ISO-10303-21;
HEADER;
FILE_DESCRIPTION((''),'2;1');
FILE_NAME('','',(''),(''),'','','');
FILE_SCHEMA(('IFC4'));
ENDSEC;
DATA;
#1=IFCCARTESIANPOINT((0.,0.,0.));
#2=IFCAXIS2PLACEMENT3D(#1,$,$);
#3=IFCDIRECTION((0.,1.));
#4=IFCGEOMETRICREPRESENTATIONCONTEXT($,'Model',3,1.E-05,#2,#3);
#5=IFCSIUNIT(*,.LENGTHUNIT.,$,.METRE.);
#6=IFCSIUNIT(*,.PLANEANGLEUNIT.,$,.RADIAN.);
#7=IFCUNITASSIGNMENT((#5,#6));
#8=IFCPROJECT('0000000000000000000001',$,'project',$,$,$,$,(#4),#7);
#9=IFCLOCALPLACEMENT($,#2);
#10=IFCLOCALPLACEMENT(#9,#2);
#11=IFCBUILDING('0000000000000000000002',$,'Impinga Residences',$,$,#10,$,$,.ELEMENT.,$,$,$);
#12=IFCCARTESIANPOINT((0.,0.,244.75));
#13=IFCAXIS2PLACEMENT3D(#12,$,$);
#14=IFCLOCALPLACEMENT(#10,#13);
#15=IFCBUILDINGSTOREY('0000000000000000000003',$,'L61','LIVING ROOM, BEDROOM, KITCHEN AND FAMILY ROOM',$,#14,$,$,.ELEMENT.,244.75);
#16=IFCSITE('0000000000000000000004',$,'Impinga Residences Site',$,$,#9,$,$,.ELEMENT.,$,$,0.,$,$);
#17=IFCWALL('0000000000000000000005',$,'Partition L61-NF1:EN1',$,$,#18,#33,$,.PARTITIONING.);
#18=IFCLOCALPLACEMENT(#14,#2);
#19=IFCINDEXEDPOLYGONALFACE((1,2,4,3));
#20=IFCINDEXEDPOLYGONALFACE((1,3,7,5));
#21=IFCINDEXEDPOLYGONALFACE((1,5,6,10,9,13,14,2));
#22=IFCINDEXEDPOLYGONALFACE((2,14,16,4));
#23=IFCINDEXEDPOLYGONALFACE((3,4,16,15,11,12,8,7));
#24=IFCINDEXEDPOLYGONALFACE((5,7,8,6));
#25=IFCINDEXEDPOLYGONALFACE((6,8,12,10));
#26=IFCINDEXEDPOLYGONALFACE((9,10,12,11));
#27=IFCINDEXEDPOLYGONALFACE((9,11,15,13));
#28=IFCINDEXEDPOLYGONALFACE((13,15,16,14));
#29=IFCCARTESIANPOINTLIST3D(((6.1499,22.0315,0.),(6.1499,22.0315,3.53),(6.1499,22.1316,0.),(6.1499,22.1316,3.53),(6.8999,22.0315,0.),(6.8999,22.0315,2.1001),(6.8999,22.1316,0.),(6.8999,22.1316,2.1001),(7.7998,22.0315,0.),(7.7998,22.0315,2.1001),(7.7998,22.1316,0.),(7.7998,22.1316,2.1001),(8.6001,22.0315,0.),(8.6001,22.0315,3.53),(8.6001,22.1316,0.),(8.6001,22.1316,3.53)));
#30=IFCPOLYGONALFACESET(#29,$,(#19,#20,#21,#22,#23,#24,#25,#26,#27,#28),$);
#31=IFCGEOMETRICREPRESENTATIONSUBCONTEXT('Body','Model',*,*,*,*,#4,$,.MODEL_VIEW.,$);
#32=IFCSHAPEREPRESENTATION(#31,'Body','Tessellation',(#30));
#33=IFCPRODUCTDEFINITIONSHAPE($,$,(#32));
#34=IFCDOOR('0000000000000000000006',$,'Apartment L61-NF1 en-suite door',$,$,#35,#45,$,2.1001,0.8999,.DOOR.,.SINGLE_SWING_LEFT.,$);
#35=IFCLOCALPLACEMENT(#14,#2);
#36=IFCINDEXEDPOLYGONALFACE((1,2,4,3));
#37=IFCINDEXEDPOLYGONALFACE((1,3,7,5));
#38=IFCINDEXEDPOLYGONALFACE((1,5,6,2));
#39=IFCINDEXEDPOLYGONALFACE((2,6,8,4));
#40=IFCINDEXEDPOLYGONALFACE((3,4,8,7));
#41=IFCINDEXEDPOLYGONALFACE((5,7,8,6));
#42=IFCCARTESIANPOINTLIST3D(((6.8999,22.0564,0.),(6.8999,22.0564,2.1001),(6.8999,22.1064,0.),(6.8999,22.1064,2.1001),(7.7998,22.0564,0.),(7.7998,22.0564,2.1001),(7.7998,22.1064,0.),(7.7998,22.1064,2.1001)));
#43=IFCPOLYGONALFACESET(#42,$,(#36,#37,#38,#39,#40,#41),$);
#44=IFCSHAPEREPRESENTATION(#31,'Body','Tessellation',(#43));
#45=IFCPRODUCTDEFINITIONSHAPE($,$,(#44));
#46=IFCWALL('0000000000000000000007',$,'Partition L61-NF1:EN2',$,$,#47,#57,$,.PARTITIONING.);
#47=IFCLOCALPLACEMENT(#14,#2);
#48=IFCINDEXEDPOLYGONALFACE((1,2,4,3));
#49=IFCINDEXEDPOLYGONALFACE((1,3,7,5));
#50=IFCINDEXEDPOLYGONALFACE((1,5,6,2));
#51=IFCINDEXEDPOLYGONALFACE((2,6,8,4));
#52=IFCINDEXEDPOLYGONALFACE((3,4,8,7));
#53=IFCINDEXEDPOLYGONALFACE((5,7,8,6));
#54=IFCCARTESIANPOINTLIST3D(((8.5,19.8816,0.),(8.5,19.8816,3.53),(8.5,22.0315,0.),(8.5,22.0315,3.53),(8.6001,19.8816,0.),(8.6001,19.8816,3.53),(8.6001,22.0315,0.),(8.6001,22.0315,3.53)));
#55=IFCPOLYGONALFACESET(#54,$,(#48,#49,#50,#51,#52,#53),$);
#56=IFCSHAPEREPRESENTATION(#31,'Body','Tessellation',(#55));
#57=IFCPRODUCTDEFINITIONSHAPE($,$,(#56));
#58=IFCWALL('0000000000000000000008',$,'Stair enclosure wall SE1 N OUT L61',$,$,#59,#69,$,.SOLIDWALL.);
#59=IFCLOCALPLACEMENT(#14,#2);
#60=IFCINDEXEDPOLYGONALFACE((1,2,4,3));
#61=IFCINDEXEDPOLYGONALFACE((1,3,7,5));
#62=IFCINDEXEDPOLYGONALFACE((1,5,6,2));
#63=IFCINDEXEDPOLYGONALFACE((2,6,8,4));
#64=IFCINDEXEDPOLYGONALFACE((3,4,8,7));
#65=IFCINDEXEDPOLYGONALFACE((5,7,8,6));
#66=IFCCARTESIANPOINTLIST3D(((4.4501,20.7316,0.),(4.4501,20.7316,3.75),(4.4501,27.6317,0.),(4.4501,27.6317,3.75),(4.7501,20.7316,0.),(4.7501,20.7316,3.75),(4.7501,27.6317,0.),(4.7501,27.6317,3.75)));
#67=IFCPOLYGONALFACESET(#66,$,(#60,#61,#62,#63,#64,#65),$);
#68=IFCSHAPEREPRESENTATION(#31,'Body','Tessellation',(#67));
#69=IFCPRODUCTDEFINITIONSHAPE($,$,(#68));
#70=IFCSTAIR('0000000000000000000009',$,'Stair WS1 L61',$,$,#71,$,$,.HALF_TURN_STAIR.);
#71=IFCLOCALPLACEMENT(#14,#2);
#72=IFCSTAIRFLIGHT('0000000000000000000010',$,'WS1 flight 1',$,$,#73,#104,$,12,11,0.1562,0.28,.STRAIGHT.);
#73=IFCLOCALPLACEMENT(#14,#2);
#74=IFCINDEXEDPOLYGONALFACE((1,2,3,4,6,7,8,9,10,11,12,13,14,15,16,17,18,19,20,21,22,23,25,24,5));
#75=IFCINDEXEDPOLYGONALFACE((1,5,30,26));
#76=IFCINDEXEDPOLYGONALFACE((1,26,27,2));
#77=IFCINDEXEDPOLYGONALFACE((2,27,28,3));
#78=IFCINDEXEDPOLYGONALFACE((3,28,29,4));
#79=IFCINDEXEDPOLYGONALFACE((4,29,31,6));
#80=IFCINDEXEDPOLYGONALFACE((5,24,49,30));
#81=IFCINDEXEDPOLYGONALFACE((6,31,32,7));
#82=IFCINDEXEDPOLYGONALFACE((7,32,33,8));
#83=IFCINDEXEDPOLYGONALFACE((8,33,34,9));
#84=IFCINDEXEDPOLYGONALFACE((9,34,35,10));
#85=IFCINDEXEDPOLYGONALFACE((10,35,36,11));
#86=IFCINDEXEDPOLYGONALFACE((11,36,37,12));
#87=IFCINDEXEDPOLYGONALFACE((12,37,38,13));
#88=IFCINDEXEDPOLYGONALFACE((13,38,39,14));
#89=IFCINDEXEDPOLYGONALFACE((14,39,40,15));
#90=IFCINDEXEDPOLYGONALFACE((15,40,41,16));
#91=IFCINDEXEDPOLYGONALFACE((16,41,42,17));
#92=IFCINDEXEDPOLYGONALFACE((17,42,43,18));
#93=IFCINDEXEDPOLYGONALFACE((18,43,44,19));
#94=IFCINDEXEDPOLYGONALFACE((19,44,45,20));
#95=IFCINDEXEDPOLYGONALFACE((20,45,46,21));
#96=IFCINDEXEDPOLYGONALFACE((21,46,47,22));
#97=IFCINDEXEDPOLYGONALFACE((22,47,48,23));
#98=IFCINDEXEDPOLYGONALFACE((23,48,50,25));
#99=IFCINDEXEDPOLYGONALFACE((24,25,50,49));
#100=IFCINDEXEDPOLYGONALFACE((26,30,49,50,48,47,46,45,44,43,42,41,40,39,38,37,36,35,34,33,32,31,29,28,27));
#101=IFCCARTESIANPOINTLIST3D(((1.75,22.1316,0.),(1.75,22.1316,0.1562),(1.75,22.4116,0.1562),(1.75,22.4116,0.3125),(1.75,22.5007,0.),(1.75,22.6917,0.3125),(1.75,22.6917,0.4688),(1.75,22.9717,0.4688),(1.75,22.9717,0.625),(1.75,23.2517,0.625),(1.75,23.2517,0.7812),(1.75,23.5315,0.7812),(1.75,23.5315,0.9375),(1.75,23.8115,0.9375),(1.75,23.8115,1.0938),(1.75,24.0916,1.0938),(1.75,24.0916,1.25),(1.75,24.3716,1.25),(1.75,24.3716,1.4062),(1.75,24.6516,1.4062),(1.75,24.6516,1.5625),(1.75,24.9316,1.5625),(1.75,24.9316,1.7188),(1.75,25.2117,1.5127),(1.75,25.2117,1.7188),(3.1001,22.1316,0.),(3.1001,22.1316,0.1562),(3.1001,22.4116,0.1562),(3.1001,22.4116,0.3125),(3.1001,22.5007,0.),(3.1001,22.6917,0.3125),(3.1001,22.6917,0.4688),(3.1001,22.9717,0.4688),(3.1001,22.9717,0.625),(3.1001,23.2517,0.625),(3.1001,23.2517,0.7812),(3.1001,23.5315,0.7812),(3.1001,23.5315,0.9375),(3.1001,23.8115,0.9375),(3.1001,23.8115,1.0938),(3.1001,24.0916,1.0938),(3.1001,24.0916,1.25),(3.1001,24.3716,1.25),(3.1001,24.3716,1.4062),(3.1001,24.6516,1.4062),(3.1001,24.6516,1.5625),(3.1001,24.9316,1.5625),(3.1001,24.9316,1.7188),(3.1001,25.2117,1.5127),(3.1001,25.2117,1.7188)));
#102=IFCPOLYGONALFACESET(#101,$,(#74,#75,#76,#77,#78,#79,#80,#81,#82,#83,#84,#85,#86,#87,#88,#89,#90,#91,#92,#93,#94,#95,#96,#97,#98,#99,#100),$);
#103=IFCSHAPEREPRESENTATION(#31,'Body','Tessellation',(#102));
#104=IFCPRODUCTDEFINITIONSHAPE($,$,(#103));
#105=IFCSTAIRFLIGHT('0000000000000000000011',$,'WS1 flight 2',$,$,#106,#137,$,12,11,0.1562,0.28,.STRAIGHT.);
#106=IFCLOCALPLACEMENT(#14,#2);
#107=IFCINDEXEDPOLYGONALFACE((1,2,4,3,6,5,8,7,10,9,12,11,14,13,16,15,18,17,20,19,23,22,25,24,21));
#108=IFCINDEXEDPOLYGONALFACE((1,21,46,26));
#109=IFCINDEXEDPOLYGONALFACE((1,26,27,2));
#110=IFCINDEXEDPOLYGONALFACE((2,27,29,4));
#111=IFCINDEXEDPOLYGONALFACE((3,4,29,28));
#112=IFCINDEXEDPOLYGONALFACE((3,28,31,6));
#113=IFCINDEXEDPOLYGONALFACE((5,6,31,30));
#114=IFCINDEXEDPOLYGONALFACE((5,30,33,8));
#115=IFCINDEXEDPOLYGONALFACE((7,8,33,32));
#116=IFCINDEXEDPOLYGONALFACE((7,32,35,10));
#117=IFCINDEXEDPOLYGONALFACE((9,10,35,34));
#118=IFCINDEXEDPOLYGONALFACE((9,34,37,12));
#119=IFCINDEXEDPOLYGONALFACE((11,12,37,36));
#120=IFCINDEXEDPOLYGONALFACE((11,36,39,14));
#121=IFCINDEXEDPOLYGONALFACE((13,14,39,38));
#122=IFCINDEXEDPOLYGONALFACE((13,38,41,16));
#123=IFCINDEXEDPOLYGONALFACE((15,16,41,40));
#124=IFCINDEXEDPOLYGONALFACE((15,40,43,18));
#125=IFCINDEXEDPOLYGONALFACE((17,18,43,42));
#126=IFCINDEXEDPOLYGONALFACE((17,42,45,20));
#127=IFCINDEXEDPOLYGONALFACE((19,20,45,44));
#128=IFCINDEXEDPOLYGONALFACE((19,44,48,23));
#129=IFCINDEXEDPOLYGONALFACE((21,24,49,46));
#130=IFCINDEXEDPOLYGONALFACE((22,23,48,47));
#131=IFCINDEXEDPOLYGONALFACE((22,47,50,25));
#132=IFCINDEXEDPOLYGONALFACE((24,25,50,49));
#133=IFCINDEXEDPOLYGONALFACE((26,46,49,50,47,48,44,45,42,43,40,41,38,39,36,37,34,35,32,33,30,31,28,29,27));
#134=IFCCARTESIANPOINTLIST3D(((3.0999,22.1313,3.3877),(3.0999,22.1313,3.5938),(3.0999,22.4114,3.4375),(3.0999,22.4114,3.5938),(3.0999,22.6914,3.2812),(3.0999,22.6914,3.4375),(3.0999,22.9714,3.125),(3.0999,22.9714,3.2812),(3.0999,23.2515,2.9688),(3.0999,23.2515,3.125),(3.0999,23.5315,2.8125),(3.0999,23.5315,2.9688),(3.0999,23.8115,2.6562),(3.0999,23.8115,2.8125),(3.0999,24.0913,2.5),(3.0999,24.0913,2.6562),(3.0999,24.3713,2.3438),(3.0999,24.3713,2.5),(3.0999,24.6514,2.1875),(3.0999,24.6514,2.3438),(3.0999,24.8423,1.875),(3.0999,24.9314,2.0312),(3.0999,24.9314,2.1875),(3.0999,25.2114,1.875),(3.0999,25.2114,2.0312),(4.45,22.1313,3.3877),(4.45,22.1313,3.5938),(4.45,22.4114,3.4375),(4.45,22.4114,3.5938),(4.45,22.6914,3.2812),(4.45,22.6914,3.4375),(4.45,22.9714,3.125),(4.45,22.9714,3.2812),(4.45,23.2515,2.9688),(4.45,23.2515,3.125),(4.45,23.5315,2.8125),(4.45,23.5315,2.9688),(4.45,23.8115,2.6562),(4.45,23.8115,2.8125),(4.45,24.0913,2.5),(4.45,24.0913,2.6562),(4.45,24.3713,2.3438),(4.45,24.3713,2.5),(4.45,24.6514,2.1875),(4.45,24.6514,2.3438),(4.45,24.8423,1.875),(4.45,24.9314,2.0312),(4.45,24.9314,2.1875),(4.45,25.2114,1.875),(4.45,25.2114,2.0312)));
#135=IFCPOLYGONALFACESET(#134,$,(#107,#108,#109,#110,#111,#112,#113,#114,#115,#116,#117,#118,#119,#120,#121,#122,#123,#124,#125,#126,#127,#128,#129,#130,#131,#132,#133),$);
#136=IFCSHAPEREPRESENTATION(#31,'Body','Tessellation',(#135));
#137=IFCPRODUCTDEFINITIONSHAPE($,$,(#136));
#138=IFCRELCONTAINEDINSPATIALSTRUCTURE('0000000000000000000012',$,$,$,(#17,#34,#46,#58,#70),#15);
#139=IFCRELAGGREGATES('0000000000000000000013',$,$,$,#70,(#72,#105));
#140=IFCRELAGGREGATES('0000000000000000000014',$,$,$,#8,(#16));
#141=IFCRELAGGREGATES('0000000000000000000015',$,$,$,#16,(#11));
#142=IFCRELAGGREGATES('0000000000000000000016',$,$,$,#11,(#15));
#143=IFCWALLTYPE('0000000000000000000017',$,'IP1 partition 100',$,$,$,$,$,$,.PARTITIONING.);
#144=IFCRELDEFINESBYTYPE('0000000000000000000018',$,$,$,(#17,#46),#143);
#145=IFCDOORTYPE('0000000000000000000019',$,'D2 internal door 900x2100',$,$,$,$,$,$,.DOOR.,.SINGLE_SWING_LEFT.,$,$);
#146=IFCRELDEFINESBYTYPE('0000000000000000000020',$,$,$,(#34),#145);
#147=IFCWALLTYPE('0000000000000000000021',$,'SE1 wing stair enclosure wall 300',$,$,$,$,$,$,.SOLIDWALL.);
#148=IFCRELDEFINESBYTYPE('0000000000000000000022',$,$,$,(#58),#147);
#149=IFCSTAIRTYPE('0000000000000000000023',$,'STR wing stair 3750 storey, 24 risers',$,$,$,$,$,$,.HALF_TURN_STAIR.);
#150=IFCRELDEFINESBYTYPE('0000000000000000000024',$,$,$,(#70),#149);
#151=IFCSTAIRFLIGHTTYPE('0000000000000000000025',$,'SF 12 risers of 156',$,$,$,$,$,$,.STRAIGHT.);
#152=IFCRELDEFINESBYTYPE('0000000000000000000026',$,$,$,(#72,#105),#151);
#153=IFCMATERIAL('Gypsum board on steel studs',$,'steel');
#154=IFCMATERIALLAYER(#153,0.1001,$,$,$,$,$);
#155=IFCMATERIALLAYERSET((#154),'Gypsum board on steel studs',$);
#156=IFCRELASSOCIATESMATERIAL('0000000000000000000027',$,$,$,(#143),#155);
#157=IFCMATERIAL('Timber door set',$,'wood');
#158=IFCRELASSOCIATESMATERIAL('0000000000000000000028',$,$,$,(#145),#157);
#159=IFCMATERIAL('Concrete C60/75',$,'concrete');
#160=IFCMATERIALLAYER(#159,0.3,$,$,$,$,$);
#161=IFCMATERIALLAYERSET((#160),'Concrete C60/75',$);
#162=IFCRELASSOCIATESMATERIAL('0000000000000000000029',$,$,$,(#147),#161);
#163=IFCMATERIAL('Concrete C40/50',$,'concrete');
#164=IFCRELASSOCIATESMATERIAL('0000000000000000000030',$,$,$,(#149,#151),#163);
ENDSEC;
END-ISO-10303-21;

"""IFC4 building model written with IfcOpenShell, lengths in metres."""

from ifc_helpers import new_model, si_unit, direction, frame, frame_2d, origin, place, context, subcontext, project, spatial, polyline, rectangle, outline, extrude, material, layer, layer_set, type_object, element, fill, aggregate, save


model = new_model("IFC4")

# Units and contexts
model_context = context("Model", 3, precision=1e-05, world=origin(), true_north=direction((0.0, 1.0)))
body_context = subcontext(model_context, "Body", "Model", "MODEL_VIEW")
ifc_project = project(units=[si_unit("LENGTHUNIT", "METRE"), si_unit("PLANEANGLEUNIT", "RADIAN")], contexts=[model_context])

# Site, building, storey
site_placement = place(None, origin())
site = spatial("IfcSite", under=ifc_project, at=site_placement, Name="Impinga Residences Site", CompositionType="ELEMENT", RefElevation=0.0)
building_placement = place(site_placement, origin())
building = spatial("IfcBuilding", under=site, at=building_placement, Name="Impinga Residences", CompositionType="ELEMENT")
storey_placement = place(building_placement, frame((0.0, 0.0, 244.75)))
storey = spatial("IfcBuildingStorey", under=building, at=storey_placement, Name="L61", Description="LIVING ROOM, BEDROOM, KITCHEN AND FAMILY ROOM", CompositionType="ELEMENT", Elevation=244.75)

# Shared definitions
ifc_material_1 = material(Name="Concrete C60/75", Category="concrete")

# Shared definitions
ifc_material_2 = material(Name="Gypsum board on steel studs", Category="steel")
ifc_layer_1 = layer(ifc_material_2, 0.1001)
ifc_layer_set_1 = layer_set([ifc_layer_1], Name="Gypsum board on steel studs")
wall_type_1 = type_object("IfcWallType", Name="IP1 partition 100", PredefinedType="PARTITIONING", material=ifc_layer_set_1)

# Wall, opening, door
wall_1_placement = place(storey_placement, frame((6.1499, 22.0815, 0.0), z_axis=(0.0, 0.0, 1.0), x_axis=(1.0, 0.0, 0.0)))
wall_1 = element("IfcWall", 1, at=wall_1_placement, inside=storey, type_object=wall_type_1, Name="Partition L61-NF1:EN1", PredefinedType="PARTITIONING", context=body_context, shape_type="SweptSolid", body=[
    extrude(rectangle(XDim=2.4502, YDim=0.1001, at=frame_2d((1.2251, 0.0))), origin(), (0.0, 0.0, 1.0), 3.53),
])
opening_1_placement = place(wall_1_placement, frame((0.75, 0.0, 0.0)))
opening_1 = element("IfcOpeningElement", 2, at=opening_1_placement, cuts=wall_1, PredefinedType="OPENING", context=body_context, shape_type="SweptSolid", body=[
    extrude(rectangle(XDim=0.8999, YDim=2.1001, at=frame_2d((0.45, 1.05))), frame((0.0, 0.0601, 0.0), z_axis=(0.0, -1.0, 0.0), x_axis=(1.0, 0.0, 0.0)), (0.0, 0.0, 1.0), 0.1201),
])
ifc_material_3 = material(Name="Timber door set", Category="wood")
door_type = type_object("IfcDoorType", Name="D2 internal door 900x2100", OperationType="SINGLE_SWING_LEFT", PredefinedType="DOOR", material=ifc_material_3)
door_placement = place(opening_1_placement, origin())
door = element("IfcDoor", 3, at=door_placement, inside=storey, type_object=door_type, Name="Apartment L61-NF1 en-suite door", OperationType="SINGLE_SWING_LEFT", OverallHeight=2.1001, OverallWidth=0.8999, PredefinedType="DOOR", context=body_context, shape_type="SweptSolid", body=[
    extrude(rectangle(XDim=0.8999, YDim=2.1001, at=frame_2d((0.45, 1.05))), frame((0.0, 0.0249, 0.0), z_axis=(0.0, -1.0, 0.0), x_axis=(1.0, 0.0, 0.0)), (0.0, 0.0, 1.0), 0.05),
])
fill(opening_1, door)

# Walls
wall_2_placement = place(storey_placement, frame((8.55, 19.8816, 0.0), z_axis=(0.0, 0.0, 1.0), x_axis=(0.0, 1.0, 0.0)))
element("IfcWall", 4, at=wall_2_placement, inside=storey, type_object=wall_type_1, Name="Partition L61-NF1:EN2", PredefinedType="PARTITIONING", context=body_context, shape_type="SweptSolid", body=[
    extrude(rectangle(XDim=2.1499, YDim=0.1001, at=frame_2d((1.075, 0.0))), origin(), (0.0, 0.0, 1.0), 3.53),
])
ifc_layer_2 = layer(ifc_material_1, 0.3)
ifc_layer_set_2 = layer_set([ifc_layer_2], Name="Concrete C60/75")
wall_type_2 = type_object("IfcWallType", Name="SE1 wing stair enclosure wall 300", PredefinedType="SOLIDWALL", material=ifc_layer_set_2)
wall_3_placement = place(storey_placement, frame((4.6001, 20.7314, 0.0), z_axis=(0.0, 0.0, 1.0), x_axis=(0.0, 1.0, 0.0)))
element("IfcWall", 5, at=wall_3_placement, inside=storey, type_object=wall_type_2, Name="Stair enclosure wall SE1 N OUT L61", PredefinedType="SOLIDWALL", context=body_context, shape_type="SweptSolid", body=[
    extrude(rectangle(XDim=6.9001, YDim=0.3, at=frame_2d((3.4502, 0.0))), origin(), (0.0, 0.0, 1.0), 3.75),
])

# Stair, stair flights
ifc_material_4 = material(Name="Concrete C40/50", Category="concrete")
stair_type = type_object("IfcStairType", Name="STR wing stair 3750 storey, 24 risers", PredefinedType="HALF_TURN_STAIR", material=ifc_material_4)
stair_placement = place(storey_placement, origin())
stair = element("IfcStair", 6, at=stair_placement, inside=storey, type_object=stair_type, Name="Stair WS1 L61", PredefinedType="HALF_TURN_STAIR")
stair_flight_type = type_object("IfcStairFlightType", Name="SF 12 risers of 156", PredefinedType="STRAIGHT", material=ifc_material_4)
stair_flight_1_placement = place(storey_placement, frame((2.425, 22.1316, 0.0), z_axis=(0.0, 0.0, 1.0), x_axis=(0.0, 1.0, 0.0)))
stair_flight_1 = element("IfcStairFlight", 7, at=stair_flight_1_placement, type_object=stair_flight_type, Name="WS1 flight 1", NumberOfRisers=12, NumberOfTreads=11, PredefinedType="STRAIGHT", RiserHeight=0.1562, TreadLength=0.28, context=body_context, shape_type="SweptSolid", body=[
    extrude(outline(polyline([(0.0, 0.0), (0.0, 0.1562), (0.28, 0.1562), (0.28, 0.3125), (0.5601, 0.3125), (0.5601, 0.4688), (0.8401, 0.4688), (0.8401, 0.625), (1.1201, 0.625), (1.1201, 0.7812), (1.3999, 0.7812), (1.3999, 0.9375), (1.6799, 0.9375), (1.6799, 1.0938), (1.96, 1.0938), (1.96, 1.25), (2.24, 1.25), (2.24, 1.4062), (2.52, 1.4062), (2.52, 1.5625), (2.8, 1.5625), (2.8, 1.7188), (3.0801, 1.7188), (3.0801, 1.875), (3.0801, 1.5127), (0.3691, 0.0), (0.0, 0.0)])), frame((0.0, 0.675, 0.0), z_axis=(0.0, -1.0, 0.0), x_axis=(1.0, 0.0, 0.0)), (0.0, 0.0, 1.0), 1.3501),
])
stair_flight_2_placement = place(storey_placement, frame((3.7749, 25.2114, 1.875), z_axis=(0.0, 0.0, 1.0), x_axis=(0.0, -1.0, 0.0)))
stair_flight_2 = element("IfcStairFlight", 8, at=stair_flight_2_placement, type_object=stair_flight_type, Name="WS1 flight 2", NumberOfRisers=12, NumberOfTreads=11, PredefinedType="STRAIGHT", RiserHeight=0.1562, TreadLength=0.28, context=body_context, shape_type="SweptSolid", body=[
    extrude(outline(polyline([(0.0, 0.0), (0.0, 0.1562), (0.28, 0.1562), (0.28, 0.3125), (0.5601, 0.3125), (0.5601, 0.4688), (0.8401, 0.4688), (0.8401, 0.625), (1.1201, 0.625), (1.1201, 0.7812), (1.3999, 0.7812), (1.3999, 0.9375), (1.6799, 0.9375), (1.6799, 1.0938), (1.96, 1.0938), (1.96, 1.25), (2.24, 1.25), (2.24, 1.4062), (2.52, 1.4062), (2.52, 1.5625), (2.8, 1.5625), (2.8, 1.7188), (3.0801, 1.7188), (3.0801, 1.875), (3.0801, 1.5127), (0.3691, 0.0), (0.0, 0.0)])), frame((0.0, 0.675, 0.0), z_axis=(0.0, -1.0, 0.0), x_axis=(1.0, 0.0, 0.0)), (0.0, 0.0, 1.0), 1.3501),
])
aggregate(stair, [stair_flight_1, stair_flight_2])

save(model, "model.ifc")
